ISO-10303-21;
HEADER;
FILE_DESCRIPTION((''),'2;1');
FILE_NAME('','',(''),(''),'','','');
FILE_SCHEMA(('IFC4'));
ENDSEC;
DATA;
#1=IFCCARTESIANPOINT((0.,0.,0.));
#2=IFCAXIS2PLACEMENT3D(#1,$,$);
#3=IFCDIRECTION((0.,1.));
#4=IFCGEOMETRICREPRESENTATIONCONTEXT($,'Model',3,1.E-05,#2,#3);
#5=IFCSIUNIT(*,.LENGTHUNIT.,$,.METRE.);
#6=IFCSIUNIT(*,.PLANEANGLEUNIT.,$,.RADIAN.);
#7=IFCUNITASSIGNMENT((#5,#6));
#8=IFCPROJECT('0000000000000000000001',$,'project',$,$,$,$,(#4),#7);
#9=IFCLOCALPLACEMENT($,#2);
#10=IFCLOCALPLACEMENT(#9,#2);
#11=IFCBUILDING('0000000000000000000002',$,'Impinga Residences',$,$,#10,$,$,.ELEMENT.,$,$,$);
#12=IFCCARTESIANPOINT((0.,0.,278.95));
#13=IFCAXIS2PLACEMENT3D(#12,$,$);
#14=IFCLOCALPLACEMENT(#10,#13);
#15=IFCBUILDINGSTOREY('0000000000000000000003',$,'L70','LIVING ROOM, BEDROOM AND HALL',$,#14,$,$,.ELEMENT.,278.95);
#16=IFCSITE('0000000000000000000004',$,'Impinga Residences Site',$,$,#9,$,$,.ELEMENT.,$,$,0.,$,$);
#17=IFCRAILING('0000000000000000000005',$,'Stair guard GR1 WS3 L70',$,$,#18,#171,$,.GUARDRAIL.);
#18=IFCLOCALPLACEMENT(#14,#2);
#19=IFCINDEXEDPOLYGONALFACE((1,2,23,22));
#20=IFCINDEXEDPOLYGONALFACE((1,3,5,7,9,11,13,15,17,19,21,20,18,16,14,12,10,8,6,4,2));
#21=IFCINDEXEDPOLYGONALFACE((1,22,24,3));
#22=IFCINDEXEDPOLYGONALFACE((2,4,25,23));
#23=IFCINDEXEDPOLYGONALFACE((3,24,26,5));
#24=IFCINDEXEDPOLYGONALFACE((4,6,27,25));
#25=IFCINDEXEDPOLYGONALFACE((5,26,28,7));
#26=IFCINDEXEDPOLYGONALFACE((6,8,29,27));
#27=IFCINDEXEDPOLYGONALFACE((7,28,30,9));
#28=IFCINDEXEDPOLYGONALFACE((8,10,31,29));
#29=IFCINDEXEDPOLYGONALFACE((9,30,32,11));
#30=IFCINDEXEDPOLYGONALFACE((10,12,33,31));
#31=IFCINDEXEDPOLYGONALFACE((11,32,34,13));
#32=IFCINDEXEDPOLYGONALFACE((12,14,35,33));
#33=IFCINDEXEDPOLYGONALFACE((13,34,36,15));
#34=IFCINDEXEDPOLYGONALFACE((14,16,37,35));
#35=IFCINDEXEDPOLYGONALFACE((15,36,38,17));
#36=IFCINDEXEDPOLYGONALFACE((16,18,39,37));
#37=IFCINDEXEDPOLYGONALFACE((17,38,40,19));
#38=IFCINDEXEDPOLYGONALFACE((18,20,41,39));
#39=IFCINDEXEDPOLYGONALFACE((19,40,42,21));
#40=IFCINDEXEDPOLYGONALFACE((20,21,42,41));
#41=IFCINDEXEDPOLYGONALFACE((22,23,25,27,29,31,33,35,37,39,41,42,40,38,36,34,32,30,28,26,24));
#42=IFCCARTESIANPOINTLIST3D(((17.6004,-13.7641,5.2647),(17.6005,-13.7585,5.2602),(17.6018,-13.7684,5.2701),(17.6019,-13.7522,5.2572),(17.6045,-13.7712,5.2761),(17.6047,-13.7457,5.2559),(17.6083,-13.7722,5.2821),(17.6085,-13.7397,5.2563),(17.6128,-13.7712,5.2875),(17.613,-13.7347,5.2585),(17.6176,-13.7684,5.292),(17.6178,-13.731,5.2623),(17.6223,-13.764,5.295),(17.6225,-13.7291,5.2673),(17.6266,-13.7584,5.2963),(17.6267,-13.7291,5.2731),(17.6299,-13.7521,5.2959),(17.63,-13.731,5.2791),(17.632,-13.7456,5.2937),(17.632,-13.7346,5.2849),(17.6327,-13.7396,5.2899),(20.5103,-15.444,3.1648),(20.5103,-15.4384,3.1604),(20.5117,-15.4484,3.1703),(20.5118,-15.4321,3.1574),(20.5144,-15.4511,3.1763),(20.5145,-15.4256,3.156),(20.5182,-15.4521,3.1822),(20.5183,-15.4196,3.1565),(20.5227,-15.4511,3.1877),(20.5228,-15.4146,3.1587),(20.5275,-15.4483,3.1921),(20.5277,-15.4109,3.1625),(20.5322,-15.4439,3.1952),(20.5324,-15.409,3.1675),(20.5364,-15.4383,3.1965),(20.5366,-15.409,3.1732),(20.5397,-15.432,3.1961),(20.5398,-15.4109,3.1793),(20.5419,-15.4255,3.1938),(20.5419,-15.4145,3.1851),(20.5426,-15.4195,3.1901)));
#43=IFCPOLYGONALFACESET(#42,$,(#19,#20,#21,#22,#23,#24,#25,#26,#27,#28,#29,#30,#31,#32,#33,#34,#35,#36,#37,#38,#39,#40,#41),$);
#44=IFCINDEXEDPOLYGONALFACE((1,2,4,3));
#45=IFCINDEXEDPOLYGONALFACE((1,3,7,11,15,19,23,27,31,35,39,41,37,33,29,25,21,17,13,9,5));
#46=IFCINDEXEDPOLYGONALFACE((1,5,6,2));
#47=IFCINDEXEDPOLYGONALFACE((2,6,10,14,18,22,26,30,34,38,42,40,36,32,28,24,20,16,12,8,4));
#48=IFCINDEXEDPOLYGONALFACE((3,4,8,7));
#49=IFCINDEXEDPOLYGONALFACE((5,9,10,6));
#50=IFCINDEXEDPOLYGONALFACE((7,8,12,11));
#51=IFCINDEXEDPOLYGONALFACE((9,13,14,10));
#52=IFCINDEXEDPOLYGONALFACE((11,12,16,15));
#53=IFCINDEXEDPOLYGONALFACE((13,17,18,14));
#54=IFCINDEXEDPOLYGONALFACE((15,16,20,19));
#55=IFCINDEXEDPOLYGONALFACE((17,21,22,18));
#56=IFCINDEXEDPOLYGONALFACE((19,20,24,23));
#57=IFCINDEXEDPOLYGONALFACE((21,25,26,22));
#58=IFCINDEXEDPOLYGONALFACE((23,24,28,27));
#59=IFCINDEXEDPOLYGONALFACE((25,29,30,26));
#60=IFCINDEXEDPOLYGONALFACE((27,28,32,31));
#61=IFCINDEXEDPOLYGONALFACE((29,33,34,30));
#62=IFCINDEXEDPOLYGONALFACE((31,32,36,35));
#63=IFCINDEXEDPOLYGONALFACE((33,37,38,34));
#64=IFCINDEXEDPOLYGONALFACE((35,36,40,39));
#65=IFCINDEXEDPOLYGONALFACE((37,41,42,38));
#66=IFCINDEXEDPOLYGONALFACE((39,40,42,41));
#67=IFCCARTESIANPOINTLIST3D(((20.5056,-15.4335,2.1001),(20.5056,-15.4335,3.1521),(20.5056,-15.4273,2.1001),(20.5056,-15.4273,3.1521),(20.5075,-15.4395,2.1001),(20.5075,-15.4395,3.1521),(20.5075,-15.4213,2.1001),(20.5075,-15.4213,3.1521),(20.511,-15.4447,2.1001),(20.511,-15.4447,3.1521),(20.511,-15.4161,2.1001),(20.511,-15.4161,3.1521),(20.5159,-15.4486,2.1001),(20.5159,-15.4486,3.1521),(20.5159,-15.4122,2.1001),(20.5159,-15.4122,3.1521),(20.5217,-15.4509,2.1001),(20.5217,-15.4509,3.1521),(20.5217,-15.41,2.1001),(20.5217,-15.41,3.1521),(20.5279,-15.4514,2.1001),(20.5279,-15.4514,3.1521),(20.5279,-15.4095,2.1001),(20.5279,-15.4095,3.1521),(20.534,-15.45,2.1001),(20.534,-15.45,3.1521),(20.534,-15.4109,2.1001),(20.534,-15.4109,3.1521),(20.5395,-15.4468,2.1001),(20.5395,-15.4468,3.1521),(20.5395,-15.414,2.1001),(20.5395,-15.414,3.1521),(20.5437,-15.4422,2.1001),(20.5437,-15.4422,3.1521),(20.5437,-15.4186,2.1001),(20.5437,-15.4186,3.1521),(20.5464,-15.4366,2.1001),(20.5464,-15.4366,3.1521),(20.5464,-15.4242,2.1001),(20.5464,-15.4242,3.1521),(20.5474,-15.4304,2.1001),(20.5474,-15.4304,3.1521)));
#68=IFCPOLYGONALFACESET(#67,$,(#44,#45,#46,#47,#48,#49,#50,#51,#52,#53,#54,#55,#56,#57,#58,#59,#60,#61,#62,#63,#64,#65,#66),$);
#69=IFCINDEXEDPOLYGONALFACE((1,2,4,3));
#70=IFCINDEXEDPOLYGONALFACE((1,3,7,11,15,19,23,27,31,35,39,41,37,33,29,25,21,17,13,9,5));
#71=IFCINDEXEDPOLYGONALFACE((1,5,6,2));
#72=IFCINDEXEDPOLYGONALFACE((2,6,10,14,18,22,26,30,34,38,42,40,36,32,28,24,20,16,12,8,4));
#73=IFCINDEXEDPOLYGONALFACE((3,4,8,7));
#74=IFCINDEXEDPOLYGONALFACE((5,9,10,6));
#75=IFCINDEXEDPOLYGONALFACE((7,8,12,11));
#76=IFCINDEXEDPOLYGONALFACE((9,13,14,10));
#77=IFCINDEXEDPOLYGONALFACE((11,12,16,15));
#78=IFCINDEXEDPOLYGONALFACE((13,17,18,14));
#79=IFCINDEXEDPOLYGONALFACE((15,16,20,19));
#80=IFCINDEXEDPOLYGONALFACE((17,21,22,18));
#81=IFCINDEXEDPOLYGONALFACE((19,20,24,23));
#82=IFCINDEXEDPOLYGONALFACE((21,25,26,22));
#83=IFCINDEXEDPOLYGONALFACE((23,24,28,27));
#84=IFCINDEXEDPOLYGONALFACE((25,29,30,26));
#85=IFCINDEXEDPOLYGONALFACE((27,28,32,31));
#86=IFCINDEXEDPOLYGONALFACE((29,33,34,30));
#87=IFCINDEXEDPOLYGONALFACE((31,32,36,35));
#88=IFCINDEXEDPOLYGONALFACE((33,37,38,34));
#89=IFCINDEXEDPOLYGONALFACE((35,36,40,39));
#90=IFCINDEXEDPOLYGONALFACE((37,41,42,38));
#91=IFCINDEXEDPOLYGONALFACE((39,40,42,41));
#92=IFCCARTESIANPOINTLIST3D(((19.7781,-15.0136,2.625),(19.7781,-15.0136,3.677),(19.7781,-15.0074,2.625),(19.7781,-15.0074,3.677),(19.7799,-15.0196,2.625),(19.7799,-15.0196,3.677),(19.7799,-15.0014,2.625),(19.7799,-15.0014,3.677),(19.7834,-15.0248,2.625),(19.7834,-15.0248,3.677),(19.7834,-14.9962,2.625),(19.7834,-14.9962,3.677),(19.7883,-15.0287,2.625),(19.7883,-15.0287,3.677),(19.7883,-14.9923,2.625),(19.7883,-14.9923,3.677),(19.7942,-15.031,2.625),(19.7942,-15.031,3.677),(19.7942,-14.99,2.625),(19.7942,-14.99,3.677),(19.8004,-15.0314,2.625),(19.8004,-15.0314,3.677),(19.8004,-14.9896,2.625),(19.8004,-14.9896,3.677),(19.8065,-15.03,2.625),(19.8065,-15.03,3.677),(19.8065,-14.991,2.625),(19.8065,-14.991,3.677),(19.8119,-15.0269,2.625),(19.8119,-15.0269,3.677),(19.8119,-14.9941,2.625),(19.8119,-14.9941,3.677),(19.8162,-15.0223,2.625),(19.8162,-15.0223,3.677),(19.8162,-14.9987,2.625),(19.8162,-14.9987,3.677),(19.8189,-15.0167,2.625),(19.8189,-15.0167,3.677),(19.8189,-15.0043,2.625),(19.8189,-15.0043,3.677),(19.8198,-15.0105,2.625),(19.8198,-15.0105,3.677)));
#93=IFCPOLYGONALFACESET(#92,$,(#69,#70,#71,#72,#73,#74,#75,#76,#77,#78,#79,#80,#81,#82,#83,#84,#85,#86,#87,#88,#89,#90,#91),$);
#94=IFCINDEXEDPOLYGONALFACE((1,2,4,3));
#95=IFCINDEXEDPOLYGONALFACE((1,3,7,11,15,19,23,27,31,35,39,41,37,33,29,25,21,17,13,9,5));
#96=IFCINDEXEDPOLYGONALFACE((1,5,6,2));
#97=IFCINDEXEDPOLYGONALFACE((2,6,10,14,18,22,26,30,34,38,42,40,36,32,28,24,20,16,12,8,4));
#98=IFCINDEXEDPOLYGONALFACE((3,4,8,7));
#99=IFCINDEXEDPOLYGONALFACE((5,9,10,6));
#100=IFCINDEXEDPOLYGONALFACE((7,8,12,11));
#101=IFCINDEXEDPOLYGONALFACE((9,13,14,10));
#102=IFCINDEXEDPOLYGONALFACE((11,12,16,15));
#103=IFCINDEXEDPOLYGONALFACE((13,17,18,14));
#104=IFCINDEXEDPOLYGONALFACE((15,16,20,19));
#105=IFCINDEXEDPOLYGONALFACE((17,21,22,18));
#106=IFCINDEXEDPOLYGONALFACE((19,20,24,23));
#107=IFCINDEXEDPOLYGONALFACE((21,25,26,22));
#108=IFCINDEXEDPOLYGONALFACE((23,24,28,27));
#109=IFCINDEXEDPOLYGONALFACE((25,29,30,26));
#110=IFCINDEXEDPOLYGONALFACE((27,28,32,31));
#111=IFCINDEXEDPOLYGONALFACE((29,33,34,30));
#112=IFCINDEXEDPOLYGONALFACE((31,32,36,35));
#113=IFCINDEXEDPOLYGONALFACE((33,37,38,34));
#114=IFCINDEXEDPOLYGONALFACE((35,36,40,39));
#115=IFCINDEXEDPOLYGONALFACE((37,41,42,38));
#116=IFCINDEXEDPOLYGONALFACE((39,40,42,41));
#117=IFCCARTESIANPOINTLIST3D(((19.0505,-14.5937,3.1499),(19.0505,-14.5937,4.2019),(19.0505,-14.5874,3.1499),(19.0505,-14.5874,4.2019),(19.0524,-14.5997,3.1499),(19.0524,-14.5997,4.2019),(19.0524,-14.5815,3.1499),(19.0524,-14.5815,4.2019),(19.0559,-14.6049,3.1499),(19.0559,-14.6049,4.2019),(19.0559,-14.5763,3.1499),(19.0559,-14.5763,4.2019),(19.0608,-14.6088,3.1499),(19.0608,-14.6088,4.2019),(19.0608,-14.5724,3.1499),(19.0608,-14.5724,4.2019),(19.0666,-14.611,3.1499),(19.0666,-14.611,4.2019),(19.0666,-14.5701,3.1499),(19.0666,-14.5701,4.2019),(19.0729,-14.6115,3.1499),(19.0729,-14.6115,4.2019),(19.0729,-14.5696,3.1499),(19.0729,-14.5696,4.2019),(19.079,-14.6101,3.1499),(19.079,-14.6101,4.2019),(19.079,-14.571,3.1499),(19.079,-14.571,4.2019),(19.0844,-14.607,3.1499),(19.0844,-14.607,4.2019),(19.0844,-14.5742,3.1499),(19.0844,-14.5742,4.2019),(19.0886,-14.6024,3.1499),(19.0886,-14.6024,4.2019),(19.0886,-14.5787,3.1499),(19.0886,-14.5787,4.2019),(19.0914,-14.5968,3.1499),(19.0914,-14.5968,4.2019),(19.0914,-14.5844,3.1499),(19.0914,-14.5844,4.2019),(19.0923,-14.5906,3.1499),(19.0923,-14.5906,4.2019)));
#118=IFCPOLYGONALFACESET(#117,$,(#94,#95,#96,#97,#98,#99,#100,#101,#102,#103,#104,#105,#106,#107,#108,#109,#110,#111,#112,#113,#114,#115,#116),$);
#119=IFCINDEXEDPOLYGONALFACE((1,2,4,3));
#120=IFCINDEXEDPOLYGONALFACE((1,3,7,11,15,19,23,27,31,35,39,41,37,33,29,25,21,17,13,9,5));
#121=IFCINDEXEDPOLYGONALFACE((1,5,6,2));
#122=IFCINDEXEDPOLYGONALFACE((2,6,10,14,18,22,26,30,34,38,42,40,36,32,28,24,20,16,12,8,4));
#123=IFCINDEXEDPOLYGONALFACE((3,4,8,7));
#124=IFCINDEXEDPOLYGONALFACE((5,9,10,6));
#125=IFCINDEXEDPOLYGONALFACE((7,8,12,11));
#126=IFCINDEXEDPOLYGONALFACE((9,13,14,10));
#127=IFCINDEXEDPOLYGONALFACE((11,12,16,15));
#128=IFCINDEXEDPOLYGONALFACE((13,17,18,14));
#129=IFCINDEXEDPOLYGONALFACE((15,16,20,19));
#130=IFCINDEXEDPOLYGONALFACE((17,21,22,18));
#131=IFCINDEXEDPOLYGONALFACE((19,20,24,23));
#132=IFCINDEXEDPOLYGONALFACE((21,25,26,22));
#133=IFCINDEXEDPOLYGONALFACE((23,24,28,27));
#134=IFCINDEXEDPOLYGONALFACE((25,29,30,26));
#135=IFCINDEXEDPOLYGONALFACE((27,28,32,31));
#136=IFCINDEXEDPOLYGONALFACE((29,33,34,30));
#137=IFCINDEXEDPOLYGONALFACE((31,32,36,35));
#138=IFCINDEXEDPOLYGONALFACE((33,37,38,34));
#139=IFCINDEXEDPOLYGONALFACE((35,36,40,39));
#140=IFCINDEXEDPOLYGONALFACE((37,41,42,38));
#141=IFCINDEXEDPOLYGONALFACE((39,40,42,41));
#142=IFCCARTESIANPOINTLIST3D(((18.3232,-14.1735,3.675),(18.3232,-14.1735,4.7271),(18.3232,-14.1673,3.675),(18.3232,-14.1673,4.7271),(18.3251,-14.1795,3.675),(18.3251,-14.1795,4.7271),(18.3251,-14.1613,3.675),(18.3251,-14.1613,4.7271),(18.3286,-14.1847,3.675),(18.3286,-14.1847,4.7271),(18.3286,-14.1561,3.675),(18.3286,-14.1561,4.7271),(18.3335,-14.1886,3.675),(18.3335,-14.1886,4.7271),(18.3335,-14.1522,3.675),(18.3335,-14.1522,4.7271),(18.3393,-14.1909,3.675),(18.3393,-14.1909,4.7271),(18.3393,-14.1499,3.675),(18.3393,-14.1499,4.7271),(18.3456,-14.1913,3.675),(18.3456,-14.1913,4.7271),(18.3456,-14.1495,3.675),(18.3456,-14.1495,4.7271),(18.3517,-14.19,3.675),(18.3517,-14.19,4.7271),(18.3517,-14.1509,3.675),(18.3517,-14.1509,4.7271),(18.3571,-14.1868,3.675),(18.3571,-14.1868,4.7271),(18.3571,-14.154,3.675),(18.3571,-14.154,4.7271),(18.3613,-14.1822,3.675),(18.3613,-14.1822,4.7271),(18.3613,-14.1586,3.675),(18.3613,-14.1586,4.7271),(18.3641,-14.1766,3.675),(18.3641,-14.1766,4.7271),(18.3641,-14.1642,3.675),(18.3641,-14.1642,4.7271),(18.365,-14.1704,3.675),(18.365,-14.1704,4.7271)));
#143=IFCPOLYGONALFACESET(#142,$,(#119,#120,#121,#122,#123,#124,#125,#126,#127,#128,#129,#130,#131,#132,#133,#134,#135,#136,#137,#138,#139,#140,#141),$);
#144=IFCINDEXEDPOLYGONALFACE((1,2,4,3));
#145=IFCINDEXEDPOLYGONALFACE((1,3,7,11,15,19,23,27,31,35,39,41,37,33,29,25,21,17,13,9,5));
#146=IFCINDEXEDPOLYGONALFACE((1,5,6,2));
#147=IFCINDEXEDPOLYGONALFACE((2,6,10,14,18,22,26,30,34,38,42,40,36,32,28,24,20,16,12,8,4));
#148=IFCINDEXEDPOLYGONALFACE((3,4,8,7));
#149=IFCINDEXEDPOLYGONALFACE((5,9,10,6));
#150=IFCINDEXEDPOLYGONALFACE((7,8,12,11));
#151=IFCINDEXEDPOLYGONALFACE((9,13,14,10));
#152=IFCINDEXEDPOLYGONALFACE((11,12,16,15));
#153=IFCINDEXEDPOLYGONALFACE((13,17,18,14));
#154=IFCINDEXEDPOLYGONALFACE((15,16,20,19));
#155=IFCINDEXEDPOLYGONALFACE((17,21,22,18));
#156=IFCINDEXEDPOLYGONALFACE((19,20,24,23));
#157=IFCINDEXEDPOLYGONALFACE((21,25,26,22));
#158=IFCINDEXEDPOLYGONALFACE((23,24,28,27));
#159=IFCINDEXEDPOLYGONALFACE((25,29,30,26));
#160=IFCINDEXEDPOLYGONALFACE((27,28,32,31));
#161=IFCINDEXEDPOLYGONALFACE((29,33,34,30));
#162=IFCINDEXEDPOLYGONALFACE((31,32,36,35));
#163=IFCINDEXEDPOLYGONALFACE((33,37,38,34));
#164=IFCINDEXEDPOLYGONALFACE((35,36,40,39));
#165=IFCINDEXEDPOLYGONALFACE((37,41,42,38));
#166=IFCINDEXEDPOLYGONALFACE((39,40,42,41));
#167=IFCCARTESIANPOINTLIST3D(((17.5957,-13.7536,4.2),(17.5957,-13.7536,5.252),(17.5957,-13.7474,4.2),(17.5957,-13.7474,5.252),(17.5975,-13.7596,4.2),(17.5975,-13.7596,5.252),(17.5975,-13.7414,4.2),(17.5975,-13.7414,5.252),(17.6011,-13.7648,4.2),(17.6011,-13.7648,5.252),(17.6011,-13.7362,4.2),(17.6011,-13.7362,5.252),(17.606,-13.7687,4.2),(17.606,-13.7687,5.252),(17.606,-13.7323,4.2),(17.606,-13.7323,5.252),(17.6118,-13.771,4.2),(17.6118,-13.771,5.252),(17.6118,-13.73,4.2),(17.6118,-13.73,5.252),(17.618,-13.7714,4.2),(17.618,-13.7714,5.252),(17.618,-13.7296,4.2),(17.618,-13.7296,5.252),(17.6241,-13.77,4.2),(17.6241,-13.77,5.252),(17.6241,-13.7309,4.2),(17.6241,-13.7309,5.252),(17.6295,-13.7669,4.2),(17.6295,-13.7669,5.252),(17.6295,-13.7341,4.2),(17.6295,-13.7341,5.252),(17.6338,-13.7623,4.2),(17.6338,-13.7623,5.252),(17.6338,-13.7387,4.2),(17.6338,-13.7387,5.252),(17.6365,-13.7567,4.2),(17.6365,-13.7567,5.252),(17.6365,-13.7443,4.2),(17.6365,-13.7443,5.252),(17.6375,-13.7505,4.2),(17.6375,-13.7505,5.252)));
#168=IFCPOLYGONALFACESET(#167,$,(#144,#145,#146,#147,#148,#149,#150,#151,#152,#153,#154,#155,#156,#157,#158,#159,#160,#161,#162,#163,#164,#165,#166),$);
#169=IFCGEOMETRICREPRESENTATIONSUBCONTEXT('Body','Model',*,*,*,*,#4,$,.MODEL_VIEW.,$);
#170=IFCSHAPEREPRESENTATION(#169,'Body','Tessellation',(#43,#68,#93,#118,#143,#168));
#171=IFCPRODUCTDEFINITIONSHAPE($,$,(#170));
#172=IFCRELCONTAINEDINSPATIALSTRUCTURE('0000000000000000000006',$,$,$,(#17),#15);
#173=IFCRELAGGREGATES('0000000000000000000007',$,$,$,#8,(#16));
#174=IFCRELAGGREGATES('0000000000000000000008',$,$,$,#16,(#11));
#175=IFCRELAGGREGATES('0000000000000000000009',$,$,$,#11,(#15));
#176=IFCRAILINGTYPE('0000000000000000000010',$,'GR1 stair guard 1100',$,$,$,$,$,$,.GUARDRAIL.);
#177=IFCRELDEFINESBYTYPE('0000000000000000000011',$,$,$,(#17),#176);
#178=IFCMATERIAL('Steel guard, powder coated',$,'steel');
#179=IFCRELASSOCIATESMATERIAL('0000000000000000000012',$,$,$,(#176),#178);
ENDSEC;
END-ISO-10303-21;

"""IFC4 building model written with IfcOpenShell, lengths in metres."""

from ifc_helpers import new_model, si_unit, direction, frame, origin, origin_2d, place, context, subcontext, project, spatial, circle, extrude, material, type_object, element, save


model = new_model("IFC4")

# Units and contexts
model_context = context("Model", 3, precision=1e-05, world=origin(), true_north=direction((0.0, 1.0)))
body_context = subcontext(model_context, "Body", "Model", "MODEL_VIEW")
ifc_project = project(units=[si_unit("LENGTHUNIT", "METRE"), si_unit("PLANEANGLEUNIT", "RADIAN")], contexts=[model_context])

# Site, building, storey
site_placement = place(None, origin())
site = spatial("IfcSite", under=ifc_project, at=site_placement, Name="Impinga Residences Site", CompositionType="ELEMENT", RefElevation=0.0)
building_placement = place(site_placement, origin())
building = spatial("IfcBuilding", under=site, at=building_placement, Name="Impinga Residences", CompositionType="ELEMENT")
storey_placement = place(building_placement, frame((0.0, 0.0, 278.95)))
storey = spatial("IfcBuildingStorey", under=building, at=storey_placement, Name="L70", Description="LIVING ROOM, BEDROOM AND HALL", CompositionType="ELEMENT", Elevation=278.95)

# Railing
ifc_material_1 = material(Name="Steel guard, powder coated", Category="steel")
railing_type = type_object("IfcRailingType", Name="GR1 stair guard 1100", PredefinedType="GUARDRAIL", material=ifc_material_1)
railing_placement = place(storey_placement, frame((20.5264, -15.4304, 2.1001)))
element("IfcRailing", 1, at=railing_placement, inside=storey, type_object=railing_type, Name="Stair guard GR1 WS3 L70", PredefinedType="GUARDRAIL", context=body_context, shape_type="SweptSolid", body=[
    extrude(circle(Radius=0.0239, at=origin_2d()), frame((0.0, 0.0, 1.0762), z_axis=(-0.734416, 0.423988, 0.52997), x_axis=(-0.499976, -0.866039, 0.0)), (0.0, 0.0, 1.0), 3.9622),
    extrude(circle(Radius=0.021, at=origin_2d()), origin(), (0.0, 0.0, 1.0), 1.052),
    extrude(circle(Radius=0.021, at=origin_2d()), frame((-0.7275, 0.4199, 0.5249)), (0.0, 0.0, 1.0), 1.052),
    extrude(circle(Radius=0.021, at=origin_2d()), frame((-1.4551, 0.8398, 1.0498)), (0.0, 0.0, 1.0), 1.052),
    extrude(circle(Radius=0.021, at=origin_2d()), frame((-2.1824, 1.26, 1.575)), (0.0, 0.0, 1.0), 1.052),
    extrude(circle(Radius=0.021, at=origin_2d()), frame((-2.9099, 1.6799, 2.0999)), (0.0, 0.0, 1.0), 1.052),
])

save(model, "model.ifc")
